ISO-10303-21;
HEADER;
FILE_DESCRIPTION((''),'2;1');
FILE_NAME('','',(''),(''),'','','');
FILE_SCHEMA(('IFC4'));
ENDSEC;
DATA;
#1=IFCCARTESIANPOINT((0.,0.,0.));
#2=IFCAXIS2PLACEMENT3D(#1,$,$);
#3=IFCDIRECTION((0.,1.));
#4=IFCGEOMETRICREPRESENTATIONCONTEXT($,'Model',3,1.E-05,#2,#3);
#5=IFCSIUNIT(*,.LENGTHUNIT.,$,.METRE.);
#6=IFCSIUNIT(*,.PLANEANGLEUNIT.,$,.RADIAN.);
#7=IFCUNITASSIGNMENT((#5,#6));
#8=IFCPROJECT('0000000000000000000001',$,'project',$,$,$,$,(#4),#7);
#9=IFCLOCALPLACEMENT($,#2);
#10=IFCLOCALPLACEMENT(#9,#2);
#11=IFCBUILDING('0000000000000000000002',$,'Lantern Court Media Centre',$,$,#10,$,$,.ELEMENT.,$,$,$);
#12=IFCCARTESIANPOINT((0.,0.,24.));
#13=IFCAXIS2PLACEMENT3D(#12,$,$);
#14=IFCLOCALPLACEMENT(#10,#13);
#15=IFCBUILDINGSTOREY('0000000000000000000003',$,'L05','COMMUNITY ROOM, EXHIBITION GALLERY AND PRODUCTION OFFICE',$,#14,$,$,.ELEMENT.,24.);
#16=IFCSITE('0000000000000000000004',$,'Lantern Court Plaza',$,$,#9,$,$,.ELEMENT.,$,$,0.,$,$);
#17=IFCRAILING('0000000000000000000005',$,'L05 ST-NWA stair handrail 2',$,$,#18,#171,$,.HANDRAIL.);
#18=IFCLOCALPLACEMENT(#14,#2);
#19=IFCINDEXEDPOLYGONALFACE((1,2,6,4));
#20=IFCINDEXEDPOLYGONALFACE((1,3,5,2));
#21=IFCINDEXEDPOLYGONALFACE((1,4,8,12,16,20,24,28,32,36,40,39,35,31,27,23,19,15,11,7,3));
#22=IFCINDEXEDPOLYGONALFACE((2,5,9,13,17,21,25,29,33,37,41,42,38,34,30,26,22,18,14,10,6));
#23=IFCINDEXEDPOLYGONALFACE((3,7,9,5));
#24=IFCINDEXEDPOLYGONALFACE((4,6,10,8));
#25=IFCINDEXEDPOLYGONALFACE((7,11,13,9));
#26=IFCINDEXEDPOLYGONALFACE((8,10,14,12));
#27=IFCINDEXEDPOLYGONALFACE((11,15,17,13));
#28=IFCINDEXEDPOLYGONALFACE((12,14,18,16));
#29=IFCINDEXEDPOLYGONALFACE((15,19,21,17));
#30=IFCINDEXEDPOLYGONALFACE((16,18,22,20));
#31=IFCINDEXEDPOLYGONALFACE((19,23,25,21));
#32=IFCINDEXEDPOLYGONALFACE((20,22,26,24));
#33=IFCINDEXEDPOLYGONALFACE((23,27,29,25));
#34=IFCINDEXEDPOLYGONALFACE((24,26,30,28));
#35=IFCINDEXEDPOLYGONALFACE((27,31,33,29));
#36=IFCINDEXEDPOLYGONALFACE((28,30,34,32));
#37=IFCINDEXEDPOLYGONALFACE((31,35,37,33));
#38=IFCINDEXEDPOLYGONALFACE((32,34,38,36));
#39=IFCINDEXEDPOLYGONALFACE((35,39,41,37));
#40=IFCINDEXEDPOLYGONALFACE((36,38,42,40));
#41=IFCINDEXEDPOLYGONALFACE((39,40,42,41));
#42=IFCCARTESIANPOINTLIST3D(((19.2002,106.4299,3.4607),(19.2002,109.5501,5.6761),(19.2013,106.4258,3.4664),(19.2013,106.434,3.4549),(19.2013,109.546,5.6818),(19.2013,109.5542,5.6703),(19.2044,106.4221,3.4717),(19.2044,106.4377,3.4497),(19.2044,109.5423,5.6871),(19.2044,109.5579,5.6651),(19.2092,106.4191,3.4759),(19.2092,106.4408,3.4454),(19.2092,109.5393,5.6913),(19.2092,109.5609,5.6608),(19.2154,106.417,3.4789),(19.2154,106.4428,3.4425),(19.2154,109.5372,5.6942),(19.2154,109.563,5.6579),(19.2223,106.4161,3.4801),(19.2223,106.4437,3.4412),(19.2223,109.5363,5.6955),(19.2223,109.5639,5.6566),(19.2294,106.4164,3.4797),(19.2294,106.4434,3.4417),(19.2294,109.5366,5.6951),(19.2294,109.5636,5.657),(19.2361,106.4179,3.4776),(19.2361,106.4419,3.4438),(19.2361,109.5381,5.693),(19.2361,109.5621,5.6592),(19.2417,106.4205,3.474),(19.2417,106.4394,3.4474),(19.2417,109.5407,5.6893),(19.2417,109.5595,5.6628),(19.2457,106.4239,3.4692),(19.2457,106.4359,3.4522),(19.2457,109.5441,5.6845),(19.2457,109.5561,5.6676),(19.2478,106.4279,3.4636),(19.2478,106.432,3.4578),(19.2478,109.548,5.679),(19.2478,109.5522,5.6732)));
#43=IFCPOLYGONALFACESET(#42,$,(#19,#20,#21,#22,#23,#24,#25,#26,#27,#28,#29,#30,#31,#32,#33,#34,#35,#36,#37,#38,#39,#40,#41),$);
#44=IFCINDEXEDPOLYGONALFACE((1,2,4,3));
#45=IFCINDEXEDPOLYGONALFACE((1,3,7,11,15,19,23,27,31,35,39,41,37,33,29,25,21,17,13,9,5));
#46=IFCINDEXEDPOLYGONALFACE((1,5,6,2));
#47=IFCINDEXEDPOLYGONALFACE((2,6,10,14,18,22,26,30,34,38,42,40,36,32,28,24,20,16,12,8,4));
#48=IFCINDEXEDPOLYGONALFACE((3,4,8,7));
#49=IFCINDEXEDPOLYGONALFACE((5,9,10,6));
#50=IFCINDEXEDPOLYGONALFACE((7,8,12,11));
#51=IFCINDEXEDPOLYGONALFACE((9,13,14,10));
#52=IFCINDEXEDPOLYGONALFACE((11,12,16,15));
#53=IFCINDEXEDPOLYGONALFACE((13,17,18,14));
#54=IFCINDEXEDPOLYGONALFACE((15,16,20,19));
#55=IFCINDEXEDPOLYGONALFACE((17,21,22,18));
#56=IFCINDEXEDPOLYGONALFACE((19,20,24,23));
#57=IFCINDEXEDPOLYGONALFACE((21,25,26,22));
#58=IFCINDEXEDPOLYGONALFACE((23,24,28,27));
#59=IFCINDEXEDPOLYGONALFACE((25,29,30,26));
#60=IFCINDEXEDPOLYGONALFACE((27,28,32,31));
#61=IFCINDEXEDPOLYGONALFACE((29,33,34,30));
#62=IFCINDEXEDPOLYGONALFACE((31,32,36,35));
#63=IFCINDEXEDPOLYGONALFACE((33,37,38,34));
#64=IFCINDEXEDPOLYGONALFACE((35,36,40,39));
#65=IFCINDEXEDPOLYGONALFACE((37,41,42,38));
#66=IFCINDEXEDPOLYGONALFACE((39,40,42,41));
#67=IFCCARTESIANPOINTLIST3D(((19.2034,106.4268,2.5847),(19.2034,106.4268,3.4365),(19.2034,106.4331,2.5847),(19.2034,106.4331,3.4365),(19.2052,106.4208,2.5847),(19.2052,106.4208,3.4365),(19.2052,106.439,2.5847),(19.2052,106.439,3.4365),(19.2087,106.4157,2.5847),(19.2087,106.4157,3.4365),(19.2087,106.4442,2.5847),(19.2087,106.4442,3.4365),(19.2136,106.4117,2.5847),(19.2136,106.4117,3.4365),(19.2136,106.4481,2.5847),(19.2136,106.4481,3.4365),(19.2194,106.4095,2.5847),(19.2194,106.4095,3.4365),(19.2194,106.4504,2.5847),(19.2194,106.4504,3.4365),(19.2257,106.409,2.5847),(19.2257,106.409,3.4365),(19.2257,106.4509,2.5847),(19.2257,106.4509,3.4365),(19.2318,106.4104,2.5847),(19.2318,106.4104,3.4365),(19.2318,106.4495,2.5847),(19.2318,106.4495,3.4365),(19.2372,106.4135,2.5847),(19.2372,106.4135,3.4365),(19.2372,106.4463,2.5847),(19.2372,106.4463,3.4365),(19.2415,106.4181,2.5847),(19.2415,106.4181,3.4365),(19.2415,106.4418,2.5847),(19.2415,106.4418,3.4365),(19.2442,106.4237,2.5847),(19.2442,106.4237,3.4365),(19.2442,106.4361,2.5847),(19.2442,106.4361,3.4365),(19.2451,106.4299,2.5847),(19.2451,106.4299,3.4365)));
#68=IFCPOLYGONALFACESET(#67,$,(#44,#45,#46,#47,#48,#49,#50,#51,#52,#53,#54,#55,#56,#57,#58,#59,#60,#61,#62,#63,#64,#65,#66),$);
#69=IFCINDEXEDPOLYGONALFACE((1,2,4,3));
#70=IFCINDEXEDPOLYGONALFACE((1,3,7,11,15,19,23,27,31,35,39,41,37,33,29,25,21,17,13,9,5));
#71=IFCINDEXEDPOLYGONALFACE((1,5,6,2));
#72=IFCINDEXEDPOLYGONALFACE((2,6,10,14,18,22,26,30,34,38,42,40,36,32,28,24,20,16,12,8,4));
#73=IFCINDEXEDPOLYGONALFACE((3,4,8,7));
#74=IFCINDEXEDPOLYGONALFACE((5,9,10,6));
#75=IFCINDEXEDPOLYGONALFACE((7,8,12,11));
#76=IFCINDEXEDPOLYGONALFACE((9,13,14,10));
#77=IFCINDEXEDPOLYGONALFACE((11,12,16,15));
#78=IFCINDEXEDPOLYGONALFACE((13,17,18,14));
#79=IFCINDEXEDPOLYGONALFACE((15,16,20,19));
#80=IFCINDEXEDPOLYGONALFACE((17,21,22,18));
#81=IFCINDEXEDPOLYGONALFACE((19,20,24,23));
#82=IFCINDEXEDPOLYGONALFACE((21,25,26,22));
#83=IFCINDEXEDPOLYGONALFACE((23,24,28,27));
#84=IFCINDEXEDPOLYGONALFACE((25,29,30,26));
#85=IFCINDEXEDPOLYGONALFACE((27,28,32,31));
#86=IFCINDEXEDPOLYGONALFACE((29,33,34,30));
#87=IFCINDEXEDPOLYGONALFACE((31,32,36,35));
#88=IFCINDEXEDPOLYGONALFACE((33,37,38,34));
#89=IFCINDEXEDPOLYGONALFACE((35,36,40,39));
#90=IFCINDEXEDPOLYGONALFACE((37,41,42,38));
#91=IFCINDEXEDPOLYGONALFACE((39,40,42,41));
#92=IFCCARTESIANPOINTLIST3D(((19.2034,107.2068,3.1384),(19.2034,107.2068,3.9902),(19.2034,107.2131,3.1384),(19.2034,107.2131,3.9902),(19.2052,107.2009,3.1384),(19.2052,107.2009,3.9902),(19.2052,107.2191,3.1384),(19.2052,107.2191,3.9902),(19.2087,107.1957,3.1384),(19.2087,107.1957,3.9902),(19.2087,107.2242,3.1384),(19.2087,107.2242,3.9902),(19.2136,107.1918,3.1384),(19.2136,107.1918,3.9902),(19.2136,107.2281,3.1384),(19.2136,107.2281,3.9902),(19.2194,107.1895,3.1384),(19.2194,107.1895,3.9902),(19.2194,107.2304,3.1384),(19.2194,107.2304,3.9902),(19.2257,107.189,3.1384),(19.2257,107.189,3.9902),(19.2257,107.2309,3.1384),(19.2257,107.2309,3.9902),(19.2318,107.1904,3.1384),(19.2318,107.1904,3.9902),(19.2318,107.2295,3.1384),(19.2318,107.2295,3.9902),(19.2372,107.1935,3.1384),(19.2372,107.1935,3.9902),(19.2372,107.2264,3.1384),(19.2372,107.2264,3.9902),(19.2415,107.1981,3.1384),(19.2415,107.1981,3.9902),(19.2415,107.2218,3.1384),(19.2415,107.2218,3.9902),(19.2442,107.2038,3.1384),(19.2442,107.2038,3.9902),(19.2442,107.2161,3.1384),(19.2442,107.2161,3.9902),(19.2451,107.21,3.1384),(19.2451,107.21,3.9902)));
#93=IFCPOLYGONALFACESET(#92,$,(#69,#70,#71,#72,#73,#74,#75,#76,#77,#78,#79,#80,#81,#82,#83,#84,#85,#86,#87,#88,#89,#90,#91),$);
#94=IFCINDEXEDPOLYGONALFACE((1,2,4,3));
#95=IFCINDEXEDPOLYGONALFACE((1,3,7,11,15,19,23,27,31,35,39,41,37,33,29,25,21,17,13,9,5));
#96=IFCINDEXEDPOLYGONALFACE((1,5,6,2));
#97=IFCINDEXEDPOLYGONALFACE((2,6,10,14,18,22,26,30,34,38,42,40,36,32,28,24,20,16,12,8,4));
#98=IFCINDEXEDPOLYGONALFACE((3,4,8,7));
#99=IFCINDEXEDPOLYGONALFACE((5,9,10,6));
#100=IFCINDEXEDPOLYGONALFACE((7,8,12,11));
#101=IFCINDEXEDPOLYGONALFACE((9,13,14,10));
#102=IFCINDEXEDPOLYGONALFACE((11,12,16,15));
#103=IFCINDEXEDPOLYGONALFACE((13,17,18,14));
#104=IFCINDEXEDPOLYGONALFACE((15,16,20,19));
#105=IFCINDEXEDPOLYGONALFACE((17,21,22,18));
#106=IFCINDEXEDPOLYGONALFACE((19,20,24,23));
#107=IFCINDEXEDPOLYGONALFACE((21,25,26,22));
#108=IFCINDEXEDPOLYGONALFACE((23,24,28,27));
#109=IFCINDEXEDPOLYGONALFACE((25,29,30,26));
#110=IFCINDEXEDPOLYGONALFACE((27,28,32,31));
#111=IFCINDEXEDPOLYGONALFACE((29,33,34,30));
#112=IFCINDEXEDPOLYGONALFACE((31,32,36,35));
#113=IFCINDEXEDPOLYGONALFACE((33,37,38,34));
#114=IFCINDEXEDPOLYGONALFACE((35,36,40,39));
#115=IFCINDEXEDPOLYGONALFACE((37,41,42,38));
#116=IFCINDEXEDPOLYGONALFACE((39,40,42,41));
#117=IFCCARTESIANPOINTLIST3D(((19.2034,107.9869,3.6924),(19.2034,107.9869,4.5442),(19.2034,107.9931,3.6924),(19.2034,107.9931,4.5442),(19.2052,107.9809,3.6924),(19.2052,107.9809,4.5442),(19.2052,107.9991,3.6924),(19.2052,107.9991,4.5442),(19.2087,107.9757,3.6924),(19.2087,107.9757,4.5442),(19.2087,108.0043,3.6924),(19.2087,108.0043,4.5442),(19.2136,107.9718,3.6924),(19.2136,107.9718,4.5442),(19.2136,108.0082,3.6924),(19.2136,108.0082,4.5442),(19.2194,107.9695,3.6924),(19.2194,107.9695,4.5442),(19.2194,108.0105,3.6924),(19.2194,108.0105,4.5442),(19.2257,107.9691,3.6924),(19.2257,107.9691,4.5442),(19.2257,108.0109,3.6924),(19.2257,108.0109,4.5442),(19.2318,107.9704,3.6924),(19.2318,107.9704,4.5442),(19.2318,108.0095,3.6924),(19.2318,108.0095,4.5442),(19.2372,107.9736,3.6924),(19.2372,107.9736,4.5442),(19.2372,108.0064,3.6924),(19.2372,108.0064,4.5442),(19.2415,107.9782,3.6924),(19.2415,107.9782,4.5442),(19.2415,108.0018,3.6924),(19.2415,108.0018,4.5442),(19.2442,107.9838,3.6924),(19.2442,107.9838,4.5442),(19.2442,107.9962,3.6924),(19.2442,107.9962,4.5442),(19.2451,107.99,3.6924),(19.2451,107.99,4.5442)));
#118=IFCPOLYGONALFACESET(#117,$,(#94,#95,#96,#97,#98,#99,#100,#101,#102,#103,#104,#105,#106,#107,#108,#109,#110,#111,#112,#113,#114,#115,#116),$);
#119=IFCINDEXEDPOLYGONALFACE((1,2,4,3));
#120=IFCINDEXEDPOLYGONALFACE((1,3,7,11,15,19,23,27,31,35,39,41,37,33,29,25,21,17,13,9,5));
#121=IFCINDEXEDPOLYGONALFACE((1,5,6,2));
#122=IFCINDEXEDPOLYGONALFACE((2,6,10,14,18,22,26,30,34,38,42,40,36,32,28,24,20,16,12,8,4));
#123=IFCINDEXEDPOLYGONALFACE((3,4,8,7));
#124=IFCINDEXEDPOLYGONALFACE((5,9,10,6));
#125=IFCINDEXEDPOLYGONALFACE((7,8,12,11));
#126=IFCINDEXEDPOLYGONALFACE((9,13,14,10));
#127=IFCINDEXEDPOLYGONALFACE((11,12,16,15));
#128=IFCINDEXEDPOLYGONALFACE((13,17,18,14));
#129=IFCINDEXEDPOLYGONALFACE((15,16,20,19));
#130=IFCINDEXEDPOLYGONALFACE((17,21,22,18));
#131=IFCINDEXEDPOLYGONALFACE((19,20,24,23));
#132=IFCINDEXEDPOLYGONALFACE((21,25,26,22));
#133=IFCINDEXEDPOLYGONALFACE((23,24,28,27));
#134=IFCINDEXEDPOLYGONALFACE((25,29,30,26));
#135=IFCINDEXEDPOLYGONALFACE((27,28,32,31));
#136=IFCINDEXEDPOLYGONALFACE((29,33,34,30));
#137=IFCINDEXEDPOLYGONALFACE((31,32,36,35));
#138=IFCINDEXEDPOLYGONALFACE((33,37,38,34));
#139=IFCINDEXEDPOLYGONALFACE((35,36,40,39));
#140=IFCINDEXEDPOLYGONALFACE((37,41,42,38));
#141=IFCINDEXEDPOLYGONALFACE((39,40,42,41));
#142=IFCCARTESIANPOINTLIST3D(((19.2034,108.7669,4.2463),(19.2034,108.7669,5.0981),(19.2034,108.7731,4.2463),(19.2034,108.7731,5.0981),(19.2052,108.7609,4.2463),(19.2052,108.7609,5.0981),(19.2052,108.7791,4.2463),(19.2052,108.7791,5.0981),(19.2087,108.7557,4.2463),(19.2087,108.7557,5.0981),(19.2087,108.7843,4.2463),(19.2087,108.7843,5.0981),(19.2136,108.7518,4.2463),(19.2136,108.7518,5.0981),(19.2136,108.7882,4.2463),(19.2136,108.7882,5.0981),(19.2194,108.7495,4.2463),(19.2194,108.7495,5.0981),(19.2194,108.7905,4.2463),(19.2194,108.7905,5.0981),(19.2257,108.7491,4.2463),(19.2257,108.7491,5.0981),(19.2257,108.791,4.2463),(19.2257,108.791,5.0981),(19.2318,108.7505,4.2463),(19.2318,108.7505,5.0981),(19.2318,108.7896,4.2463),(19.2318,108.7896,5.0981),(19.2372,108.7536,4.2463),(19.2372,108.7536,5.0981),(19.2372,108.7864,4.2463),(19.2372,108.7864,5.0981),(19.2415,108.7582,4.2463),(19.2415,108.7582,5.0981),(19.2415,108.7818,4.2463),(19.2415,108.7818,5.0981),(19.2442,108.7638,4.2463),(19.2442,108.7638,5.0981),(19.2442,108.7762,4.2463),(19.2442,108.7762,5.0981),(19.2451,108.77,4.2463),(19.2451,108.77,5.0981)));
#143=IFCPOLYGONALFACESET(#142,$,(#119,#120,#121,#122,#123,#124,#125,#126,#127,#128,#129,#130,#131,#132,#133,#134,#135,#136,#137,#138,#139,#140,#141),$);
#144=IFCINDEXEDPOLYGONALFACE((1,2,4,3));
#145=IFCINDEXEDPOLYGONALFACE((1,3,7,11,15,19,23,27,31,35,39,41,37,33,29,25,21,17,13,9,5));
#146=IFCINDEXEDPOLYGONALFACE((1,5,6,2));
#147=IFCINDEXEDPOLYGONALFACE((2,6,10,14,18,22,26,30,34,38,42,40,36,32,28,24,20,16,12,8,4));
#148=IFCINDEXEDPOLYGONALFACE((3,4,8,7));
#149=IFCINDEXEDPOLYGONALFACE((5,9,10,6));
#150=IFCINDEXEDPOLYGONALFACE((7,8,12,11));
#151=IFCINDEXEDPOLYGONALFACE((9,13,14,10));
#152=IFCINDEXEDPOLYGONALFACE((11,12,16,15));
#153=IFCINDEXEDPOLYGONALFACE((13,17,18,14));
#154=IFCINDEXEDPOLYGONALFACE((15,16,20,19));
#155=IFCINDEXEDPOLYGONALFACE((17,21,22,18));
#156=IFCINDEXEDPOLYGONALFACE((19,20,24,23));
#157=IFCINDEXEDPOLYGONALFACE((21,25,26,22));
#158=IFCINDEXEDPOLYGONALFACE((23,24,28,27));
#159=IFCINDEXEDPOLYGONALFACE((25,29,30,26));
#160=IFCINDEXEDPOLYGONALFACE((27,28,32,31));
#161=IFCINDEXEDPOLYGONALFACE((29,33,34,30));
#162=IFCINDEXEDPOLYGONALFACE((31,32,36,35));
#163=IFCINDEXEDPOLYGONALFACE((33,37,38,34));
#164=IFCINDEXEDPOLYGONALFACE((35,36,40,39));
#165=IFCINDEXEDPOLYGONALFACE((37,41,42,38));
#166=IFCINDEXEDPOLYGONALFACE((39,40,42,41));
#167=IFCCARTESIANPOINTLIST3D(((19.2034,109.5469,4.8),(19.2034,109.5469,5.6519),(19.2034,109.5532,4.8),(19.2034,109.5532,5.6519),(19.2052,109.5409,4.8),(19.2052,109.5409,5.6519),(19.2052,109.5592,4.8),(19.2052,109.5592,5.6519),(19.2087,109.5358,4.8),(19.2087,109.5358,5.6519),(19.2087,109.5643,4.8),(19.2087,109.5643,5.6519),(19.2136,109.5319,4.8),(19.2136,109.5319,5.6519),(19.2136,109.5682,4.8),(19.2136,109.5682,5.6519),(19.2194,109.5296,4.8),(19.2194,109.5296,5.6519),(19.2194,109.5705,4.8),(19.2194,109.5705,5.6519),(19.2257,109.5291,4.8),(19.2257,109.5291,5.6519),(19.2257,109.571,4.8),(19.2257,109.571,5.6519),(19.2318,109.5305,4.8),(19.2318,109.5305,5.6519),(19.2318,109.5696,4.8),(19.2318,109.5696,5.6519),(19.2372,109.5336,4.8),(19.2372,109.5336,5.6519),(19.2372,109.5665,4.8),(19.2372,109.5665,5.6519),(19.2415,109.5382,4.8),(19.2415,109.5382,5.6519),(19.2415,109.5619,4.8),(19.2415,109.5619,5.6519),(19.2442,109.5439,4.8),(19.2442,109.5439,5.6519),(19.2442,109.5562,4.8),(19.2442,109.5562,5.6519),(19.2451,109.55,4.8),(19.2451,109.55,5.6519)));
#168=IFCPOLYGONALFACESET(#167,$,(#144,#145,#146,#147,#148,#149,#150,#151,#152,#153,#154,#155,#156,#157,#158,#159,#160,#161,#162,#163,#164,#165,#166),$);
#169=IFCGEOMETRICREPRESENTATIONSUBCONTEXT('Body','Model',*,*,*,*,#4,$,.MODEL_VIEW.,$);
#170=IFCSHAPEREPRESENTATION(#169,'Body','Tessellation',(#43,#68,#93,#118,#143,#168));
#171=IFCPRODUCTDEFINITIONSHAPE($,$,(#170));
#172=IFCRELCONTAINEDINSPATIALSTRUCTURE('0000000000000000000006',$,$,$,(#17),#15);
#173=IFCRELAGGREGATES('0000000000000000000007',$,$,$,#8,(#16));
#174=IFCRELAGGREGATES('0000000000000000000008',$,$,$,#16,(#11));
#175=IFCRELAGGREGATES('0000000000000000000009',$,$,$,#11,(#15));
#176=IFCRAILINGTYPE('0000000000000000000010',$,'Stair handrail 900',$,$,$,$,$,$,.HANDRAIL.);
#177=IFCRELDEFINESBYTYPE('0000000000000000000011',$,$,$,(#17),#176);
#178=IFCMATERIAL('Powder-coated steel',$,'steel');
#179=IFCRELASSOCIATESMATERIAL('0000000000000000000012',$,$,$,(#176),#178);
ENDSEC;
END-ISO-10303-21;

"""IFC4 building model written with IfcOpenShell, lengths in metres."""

from ifc_helpers import new_model, si_unit, direction, frame, origin, origin_2d, place, context, subcontext, project, spatial, circle, extrude, material, type_object, element, save


model = new_model("IFC4")

# Units and contexts
model_context = context("Model", 3, precision=1e-05, world=origin(), true_north=direction((0.0, 1.0)))
body_context = subcontext(model_context, "Body", "Model", "MODEL_VIEW")
ifc_project = project(units=[si_unit("LENGTHUNIT", "METRE"), si_unit("PLANEANGLEUNIT", "RADIAN")], contexts=[model_context])

# Site, building, storey
site_placement = place(None, origin())
site = spatial("IfcSite", under=ifc_project, at=site_placement, Name="Lantern Court Plaza", CompositionType="ELEMENT", RefElevation=0.0)
building_placement = place(site_placement, origin())
building = spatial("IfcBuilding", under=site, at=building_placement, Name="Lantern Court Media Centre", CompositionType="ELEMENT")
storey_placement = place(building_placement, frame((0.0, 0.0, 24.0)))
storey = spatial("IfcBuildingStorey", under=building, at=storey_placement, Name="L05", Description="COMMUNITY ROOM, EXHIBITION GALLERY AND PRODUCTION OFFICE", CompositionType="ELEMENT", Elevation=24.0)

# Shared definitions
ifc_material_1 = material(Name="Powder-coated steel", Category="steel")

# Railing
railing_type_1 = type_object("IfcRailingType", Name="Stair handrail 900", PredefinedType="HANDRAIL", material=ifc_material_1)
railing_1_placement = place(storey_placement, frame((19.2241, 106.4299, 2.5847)))
element("IfcRailing", 1, at=railing_1_placement, inside=storey, type_object=railing_type_1, Name="L05 ST-NWA stair handrail 2", PredefinedType="HANDRAIL", context=body_context, shape_type="SweptSolid", body=[
    extrude(circle(Radius=0.0239, at=origin_2d()), frame((0.0, 0.0, 0.876), z_axis=(0.0, 0.815377, 0.57893), x_axis=(-1.0, 0.0, 0.0)), (0.0, 0.0, 1.0), 3.8267),
    extrude(circle(Radius=0.021, at=origin_2d()), origin(), (0.0, 0.0, 1.0), 0.8518),
    extrude(circle(Radius=0.021, at=origin_2d()), frame((0.0, 0.78, 0.5537)), (0.0, 0.0, 1.0), 0.8518),
    extrude(circle(Radius=0.021, at=origin_2d()), frame((0.0, 1.5601, 1.1077)), (0.0, 0.0, 1.0), 0.8518),
    extrude(circle(Radius=0.021, at=origin_2d()), frame((0.0, 2.3401, 1.6616)), (0.0, 0.0, 1.0), 0.8518),
    extrude(circle(Radius=0.021, at=origin_2d()), frame((0.0, 3.1201, 2.2153)), (0.0, 0.0, 1.0), 0.8518),
])

save(model, "model.ifc")
